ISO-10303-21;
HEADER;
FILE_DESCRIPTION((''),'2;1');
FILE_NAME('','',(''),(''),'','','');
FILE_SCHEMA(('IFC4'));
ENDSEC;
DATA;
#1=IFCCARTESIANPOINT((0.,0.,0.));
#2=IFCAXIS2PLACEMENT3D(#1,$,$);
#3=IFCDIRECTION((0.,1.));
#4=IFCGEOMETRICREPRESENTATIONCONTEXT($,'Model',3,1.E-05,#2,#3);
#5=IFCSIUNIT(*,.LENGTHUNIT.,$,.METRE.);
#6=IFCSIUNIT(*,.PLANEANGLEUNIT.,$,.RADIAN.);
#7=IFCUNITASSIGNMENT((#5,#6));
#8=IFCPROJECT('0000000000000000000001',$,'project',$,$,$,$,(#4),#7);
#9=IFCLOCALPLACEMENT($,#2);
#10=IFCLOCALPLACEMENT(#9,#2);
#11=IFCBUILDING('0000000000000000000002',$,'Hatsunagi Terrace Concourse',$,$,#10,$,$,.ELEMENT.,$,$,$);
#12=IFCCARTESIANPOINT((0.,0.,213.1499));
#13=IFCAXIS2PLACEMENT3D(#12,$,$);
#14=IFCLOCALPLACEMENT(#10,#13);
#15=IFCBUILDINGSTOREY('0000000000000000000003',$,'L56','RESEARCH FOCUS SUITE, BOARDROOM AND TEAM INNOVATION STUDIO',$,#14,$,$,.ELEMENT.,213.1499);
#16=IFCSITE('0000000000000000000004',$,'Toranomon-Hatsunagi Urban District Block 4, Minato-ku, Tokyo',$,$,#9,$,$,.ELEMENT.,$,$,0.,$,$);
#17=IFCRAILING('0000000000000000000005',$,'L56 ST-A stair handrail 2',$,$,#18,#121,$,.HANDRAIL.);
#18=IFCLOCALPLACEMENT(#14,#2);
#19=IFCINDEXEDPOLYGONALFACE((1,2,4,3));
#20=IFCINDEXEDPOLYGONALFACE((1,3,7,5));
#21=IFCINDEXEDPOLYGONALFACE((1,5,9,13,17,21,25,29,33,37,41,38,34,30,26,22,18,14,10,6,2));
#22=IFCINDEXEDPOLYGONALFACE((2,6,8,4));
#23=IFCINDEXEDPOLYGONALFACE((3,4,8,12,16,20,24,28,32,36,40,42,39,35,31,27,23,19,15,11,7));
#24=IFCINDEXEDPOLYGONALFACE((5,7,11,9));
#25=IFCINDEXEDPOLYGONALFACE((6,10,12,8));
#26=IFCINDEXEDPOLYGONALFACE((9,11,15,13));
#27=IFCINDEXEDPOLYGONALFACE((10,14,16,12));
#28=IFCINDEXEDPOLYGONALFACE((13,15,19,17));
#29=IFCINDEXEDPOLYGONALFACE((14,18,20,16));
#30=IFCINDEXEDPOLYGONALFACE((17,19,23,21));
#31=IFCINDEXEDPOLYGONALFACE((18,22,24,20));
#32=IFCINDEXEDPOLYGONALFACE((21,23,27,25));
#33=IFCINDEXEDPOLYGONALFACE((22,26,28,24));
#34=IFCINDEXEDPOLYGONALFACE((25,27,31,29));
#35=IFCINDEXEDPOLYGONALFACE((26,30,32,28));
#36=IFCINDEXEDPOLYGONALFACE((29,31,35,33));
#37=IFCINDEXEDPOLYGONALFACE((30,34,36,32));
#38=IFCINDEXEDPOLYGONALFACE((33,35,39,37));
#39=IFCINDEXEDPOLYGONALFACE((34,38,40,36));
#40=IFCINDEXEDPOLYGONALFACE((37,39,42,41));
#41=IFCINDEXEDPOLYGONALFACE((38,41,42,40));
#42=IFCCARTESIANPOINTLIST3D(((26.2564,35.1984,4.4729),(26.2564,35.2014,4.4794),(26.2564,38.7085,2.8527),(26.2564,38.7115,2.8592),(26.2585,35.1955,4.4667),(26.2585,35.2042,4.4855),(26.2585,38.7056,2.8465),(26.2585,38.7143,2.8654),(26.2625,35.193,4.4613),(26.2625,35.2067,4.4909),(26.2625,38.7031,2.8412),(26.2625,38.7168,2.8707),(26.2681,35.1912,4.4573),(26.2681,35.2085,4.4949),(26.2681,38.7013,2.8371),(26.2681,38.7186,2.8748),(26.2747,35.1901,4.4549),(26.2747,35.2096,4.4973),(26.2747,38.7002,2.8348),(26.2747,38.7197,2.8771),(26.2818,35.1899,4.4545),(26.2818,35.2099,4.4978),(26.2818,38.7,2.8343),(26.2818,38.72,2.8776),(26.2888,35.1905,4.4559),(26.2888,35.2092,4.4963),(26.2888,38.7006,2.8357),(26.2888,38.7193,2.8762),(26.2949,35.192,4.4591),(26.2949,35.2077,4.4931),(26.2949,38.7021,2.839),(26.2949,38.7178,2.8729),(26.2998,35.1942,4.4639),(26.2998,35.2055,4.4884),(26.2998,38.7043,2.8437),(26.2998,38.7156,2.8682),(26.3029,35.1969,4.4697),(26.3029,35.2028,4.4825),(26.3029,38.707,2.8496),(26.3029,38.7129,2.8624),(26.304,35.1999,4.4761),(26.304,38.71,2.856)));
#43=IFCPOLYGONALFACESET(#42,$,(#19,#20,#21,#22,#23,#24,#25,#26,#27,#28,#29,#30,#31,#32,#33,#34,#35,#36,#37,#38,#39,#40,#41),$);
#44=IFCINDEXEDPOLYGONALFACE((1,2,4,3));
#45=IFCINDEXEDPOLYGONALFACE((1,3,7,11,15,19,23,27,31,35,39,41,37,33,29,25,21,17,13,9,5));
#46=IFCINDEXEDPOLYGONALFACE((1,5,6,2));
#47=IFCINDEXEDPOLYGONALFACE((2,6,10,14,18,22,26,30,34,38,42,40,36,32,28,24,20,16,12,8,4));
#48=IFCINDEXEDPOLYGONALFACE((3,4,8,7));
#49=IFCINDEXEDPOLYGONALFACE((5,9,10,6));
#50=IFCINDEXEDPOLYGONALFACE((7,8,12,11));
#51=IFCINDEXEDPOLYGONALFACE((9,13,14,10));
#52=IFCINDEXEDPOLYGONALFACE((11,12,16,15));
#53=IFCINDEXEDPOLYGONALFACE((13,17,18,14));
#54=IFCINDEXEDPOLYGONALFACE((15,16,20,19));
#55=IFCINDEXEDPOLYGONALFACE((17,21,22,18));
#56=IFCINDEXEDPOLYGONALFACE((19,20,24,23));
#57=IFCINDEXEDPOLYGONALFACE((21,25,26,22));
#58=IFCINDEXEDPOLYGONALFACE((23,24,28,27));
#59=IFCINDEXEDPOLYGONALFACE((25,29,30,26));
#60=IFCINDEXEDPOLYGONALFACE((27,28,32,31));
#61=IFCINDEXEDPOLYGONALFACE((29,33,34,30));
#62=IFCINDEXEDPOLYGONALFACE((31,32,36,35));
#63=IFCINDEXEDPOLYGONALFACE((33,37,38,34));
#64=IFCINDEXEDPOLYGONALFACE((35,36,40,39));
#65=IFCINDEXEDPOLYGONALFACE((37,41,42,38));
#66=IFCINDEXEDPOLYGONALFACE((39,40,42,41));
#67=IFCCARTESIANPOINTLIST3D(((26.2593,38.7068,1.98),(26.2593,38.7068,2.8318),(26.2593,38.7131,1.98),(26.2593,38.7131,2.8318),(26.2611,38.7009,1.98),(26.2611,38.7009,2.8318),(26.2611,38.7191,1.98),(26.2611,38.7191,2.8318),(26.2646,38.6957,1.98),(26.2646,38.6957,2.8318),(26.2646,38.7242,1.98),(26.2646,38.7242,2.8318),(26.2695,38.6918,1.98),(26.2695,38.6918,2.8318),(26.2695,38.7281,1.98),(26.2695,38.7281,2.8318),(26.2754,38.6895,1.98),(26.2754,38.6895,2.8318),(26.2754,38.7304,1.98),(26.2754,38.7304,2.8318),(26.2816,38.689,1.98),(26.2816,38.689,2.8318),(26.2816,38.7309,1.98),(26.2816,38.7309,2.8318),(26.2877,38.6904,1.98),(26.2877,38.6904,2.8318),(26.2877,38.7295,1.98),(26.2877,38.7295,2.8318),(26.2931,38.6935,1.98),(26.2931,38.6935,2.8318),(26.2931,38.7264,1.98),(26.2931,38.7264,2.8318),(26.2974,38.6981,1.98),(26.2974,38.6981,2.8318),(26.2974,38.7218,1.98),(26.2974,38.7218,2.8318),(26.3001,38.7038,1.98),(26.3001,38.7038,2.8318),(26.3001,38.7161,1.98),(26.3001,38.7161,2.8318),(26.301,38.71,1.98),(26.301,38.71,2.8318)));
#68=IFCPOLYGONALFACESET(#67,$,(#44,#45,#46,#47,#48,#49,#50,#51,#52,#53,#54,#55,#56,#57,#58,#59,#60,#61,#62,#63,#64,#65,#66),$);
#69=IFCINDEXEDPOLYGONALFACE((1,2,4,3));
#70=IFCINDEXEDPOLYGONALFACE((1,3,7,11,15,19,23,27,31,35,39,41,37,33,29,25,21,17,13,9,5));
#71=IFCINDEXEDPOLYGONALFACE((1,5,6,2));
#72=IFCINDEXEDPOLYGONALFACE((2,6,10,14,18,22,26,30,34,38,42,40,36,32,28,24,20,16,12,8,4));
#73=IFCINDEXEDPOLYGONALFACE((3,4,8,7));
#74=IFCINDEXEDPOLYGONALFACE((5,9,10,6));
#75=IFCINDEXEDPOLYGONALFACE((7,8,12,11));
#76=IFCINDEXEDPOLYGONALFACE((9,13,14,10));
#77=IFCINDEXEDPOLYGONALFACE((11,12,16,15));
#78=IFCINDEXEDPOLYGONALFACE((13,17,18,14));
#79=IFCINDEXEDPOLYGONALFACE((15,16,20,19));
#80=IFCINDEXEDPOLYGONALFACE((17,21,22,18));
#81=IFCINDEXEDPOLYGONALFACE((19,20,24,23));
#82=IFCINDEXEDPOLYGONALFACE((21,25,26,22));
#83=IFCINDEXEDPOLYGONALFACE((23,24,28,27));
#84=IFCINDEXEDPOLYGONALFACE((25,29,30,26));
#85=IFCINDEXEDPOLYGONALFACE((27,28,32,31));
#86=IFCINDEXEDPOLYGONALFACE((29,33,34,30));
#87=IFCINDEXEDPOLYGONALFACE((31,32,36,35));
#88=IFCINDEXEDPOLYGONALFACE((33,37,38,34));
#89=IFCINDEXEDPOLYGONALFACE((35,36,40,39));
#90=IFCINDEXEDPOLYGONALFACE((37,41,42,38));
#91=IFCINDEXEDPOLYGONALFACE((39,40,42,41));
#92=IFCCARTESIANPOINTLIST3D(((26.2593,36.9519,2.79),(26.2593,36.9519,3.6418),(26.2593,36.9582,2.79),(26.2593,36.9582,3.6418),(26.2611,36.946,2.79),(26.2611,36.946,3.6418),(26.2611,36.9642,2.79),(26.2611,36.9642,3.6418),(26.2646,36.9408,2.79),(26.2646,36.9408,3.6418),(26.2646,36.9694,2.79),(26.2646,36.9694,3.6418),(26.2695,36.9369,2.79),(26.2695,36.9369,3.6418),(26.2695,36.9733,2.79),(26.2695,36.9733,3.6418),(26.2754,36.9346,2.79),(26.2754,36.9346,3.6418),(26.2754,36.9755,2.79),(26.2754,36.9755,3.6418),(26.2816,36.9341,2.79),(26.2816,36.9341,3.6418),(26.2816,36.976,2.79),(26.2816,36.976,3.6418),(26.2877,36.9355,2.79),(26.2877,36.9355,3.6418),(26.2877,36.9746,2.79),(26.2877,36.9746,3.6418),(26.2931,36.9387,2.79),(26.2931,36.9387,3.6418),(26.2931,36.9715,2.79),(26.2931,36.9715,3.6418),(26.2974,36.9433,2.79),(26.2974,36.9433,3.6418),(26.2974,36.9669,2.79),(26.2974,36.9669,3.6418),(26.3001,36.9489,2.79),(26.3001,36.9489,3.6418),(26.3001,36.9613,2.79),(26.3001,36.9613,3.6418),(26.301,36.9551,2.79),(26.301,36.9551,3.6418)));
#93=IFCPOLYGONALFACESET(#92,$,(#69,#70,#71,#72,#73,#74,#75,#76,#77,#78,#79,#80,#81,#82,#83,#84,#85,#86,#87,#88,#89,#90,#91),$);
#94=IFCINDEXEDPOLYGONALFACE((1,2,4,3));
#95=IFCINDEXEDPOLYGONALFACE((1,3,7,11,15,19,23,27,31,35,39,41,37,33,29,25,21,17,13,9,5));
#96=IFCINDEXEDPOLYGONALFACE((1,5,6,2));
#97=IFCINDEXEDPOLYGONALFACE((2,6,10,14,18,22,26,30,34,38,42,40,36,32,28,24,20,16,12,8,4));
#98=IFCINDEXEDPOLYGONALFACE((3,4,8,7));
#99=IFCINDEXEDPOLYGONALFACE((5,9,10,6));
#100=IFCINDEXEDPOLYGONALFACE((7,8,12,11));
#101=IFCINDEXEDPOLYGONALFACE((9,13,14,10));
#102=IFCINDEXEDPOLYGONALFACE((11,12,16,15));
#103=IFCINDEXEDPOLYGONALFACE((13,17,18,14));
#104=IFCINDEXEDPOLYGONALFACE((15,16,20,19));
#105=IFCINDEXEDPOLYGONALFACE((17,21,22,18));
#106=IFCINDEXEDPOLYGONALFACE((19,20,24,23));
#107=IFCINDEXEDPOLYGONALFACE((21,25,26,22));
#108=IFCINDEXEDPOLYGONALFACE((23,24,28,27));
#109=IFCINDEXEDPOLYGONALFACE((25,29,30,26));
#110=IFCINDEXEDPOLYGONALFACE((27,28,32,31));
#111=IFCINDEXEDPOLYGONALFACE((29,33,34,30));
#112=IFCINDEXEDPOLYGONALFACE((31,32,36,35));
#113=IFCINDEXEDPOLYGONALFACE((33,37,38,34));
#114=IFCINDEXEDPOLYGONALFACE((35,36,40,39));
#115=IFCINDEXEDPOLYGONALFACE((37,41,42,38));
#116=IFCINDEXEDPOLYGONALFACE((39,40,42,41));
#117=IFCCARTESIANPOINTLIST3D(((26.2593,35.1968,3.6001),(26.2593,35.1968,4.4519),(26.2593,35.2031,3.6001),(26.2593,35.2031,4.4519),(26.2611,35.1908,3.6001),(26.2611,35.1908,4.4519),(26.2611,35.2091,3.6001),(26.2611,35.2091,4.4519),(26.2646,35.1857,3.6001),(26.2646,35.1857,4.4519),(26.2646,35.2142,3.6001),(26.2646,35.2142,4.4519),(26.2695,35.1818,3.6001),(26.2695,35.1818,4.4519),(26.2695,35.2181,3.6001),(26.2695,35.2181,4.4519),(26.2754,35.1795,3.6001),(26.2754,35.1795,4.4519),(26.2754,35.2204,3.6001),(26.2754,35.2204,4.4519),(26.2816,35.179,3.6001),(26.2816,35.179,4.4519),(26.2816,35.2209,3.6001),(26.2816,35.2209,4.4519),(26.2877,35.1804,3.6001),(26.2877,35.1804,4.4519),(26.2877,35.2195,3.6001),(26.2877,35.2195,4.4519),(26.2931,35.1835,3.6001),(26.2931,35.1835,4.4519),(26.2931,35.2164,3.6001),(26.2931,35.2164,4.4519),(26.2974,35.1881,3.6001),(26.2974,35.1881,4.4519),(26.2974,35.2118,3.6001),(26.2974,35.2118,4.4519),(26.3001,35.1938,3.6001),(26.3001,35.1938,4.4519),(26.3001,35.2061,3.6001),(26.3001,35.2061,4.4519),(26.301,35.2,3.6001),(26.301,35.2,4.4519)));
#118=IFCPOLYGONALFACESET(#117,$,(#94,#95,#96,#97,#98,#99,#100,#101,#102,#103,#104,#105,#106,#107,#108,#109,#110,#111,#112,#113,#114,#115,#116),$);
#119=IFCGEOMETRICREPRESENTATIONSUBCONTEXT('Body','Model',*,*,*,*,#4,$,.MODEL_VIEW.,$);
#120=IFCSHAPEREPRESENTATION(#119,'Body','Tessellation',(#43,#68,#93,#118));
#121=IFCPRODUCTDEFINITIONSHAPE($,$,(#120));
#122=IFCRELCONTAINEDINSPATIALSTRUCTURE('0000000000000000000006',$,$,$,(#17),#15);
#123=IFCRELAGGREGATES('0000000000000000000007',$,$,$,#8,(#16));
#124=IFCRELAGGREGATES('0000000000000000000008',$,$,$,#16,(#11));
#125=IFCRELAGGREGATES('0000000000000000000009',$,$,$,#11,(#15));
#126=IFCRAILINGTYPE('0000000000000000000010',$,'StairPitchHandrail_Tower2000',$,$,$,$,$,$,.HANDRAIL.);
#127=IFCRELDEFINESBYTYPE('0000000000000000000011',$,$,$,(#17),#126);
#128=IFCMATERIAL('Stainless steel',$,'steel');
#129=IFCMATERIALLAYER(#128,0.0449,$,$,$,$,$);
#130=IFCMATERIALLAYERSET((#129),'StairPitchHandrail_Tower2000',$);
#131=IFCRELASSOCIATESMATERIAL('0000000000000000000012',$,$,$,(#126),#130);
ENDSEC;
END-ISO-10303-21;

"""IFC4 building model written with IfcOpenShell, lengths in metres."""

from ifc_helpers import new_model, si_unit, direction, frame, origin, origin_2d, place, context, subcontext, project, spatial, circle, extrude, material, layer, layer_set, type_object, element, save


model = new_model("IFC4")

# Units and contexts
model_context = context("Model", 3, precision=1e-05, world=origin(), true_north=direction((0.0, 1.0)))
body_context = subcontext(model_context, "Body", "Model", "MODEL_VIEW")
ifc_project = project(units=[si_unit("LENGTHUNIT", "METRE"), si_unit("PLANEANGLEUNIT", "RADIAN")], contexts=[model_context])

# Site, building, storey
site_placement = place(None, origin())
site = spatial("IfcSite", under=ifc_project, at=site_placement, Name="Toranomon-Hatsunagi Urban District Block 4, Minato-ku, Tokyo", CompositionType="ELEMENT", RefElevation=0.0)
building_placement = place(site_placement, origin())
building = spatial("IfcBuilding", under=site, at=building_placement, Name="Hatsunagi Terrace Concourse", CompositionType="ELEMENT")
storey_placement = place(building_placement, frame((0.0, 0.0, 213.1499)))
storey = spatial("IfcBuildingStorey", under=building, at=storey_placement, Name="L56", Description="RESEARCH FOCUS SUITE, BOARDROOM AND TEAM INNOVATION STUDIO", CompositionType="ELEMENT", Elevation=213.1499)

# Railing
ifc_material_1 = material(Name="Stainless steel", Category="steel")
ifc_layer_1 = layer(ifc_material_1, 0.0449)
ifc_layer_set_1 = layer_set([ifc_layer_1], Name="StairPitchHandrail_Tower2000")
railing_type_1 = type_object("IfcRailingType", Name="StairPitchHandrail_Tower2000", PredefinedType="HANDRAIL", material=ifc_layer_set_1)
railing_1_placement = place(storey_placement, frame((26.28, 38.71, 1.98)))
element("IfcRailing", 1, at=railing_1_placement, inside=storey, type_object=railing_type_1, Name="L56 ST-A stair handrail 2", PredefinedType="HANDRAIL", context=body_context, shape_type="SweptSolid", body=[
    extrude(circle(Radius=0.0239, at=origin_2d()), frame((0.0, 0.0, 0.876), z_axis=(0.0, -0.907948, 0.419082), x_axis=(1.0, 0.0, 0.0)), (0.0, 0.0, 1.0), 3.866),
    extrude(circle(Radius=0.021, at=origin_2d()), origin(), (0.0, 0.0, 1.0), 0.8518),
    extrude(circle(Radius=0.021, at=origin_2d()), frame((0.0, -1.7549, 0.8101)), (0.0, 0.0, 1.0), 0.8518),
    extrude(circle(Radius=0.021, at=origin_2d()), frame((0.0, -3.51, 1.6201)), (0.0, 0.0, 1.0), 0.8518),
])

save(model, "model.ifc")
